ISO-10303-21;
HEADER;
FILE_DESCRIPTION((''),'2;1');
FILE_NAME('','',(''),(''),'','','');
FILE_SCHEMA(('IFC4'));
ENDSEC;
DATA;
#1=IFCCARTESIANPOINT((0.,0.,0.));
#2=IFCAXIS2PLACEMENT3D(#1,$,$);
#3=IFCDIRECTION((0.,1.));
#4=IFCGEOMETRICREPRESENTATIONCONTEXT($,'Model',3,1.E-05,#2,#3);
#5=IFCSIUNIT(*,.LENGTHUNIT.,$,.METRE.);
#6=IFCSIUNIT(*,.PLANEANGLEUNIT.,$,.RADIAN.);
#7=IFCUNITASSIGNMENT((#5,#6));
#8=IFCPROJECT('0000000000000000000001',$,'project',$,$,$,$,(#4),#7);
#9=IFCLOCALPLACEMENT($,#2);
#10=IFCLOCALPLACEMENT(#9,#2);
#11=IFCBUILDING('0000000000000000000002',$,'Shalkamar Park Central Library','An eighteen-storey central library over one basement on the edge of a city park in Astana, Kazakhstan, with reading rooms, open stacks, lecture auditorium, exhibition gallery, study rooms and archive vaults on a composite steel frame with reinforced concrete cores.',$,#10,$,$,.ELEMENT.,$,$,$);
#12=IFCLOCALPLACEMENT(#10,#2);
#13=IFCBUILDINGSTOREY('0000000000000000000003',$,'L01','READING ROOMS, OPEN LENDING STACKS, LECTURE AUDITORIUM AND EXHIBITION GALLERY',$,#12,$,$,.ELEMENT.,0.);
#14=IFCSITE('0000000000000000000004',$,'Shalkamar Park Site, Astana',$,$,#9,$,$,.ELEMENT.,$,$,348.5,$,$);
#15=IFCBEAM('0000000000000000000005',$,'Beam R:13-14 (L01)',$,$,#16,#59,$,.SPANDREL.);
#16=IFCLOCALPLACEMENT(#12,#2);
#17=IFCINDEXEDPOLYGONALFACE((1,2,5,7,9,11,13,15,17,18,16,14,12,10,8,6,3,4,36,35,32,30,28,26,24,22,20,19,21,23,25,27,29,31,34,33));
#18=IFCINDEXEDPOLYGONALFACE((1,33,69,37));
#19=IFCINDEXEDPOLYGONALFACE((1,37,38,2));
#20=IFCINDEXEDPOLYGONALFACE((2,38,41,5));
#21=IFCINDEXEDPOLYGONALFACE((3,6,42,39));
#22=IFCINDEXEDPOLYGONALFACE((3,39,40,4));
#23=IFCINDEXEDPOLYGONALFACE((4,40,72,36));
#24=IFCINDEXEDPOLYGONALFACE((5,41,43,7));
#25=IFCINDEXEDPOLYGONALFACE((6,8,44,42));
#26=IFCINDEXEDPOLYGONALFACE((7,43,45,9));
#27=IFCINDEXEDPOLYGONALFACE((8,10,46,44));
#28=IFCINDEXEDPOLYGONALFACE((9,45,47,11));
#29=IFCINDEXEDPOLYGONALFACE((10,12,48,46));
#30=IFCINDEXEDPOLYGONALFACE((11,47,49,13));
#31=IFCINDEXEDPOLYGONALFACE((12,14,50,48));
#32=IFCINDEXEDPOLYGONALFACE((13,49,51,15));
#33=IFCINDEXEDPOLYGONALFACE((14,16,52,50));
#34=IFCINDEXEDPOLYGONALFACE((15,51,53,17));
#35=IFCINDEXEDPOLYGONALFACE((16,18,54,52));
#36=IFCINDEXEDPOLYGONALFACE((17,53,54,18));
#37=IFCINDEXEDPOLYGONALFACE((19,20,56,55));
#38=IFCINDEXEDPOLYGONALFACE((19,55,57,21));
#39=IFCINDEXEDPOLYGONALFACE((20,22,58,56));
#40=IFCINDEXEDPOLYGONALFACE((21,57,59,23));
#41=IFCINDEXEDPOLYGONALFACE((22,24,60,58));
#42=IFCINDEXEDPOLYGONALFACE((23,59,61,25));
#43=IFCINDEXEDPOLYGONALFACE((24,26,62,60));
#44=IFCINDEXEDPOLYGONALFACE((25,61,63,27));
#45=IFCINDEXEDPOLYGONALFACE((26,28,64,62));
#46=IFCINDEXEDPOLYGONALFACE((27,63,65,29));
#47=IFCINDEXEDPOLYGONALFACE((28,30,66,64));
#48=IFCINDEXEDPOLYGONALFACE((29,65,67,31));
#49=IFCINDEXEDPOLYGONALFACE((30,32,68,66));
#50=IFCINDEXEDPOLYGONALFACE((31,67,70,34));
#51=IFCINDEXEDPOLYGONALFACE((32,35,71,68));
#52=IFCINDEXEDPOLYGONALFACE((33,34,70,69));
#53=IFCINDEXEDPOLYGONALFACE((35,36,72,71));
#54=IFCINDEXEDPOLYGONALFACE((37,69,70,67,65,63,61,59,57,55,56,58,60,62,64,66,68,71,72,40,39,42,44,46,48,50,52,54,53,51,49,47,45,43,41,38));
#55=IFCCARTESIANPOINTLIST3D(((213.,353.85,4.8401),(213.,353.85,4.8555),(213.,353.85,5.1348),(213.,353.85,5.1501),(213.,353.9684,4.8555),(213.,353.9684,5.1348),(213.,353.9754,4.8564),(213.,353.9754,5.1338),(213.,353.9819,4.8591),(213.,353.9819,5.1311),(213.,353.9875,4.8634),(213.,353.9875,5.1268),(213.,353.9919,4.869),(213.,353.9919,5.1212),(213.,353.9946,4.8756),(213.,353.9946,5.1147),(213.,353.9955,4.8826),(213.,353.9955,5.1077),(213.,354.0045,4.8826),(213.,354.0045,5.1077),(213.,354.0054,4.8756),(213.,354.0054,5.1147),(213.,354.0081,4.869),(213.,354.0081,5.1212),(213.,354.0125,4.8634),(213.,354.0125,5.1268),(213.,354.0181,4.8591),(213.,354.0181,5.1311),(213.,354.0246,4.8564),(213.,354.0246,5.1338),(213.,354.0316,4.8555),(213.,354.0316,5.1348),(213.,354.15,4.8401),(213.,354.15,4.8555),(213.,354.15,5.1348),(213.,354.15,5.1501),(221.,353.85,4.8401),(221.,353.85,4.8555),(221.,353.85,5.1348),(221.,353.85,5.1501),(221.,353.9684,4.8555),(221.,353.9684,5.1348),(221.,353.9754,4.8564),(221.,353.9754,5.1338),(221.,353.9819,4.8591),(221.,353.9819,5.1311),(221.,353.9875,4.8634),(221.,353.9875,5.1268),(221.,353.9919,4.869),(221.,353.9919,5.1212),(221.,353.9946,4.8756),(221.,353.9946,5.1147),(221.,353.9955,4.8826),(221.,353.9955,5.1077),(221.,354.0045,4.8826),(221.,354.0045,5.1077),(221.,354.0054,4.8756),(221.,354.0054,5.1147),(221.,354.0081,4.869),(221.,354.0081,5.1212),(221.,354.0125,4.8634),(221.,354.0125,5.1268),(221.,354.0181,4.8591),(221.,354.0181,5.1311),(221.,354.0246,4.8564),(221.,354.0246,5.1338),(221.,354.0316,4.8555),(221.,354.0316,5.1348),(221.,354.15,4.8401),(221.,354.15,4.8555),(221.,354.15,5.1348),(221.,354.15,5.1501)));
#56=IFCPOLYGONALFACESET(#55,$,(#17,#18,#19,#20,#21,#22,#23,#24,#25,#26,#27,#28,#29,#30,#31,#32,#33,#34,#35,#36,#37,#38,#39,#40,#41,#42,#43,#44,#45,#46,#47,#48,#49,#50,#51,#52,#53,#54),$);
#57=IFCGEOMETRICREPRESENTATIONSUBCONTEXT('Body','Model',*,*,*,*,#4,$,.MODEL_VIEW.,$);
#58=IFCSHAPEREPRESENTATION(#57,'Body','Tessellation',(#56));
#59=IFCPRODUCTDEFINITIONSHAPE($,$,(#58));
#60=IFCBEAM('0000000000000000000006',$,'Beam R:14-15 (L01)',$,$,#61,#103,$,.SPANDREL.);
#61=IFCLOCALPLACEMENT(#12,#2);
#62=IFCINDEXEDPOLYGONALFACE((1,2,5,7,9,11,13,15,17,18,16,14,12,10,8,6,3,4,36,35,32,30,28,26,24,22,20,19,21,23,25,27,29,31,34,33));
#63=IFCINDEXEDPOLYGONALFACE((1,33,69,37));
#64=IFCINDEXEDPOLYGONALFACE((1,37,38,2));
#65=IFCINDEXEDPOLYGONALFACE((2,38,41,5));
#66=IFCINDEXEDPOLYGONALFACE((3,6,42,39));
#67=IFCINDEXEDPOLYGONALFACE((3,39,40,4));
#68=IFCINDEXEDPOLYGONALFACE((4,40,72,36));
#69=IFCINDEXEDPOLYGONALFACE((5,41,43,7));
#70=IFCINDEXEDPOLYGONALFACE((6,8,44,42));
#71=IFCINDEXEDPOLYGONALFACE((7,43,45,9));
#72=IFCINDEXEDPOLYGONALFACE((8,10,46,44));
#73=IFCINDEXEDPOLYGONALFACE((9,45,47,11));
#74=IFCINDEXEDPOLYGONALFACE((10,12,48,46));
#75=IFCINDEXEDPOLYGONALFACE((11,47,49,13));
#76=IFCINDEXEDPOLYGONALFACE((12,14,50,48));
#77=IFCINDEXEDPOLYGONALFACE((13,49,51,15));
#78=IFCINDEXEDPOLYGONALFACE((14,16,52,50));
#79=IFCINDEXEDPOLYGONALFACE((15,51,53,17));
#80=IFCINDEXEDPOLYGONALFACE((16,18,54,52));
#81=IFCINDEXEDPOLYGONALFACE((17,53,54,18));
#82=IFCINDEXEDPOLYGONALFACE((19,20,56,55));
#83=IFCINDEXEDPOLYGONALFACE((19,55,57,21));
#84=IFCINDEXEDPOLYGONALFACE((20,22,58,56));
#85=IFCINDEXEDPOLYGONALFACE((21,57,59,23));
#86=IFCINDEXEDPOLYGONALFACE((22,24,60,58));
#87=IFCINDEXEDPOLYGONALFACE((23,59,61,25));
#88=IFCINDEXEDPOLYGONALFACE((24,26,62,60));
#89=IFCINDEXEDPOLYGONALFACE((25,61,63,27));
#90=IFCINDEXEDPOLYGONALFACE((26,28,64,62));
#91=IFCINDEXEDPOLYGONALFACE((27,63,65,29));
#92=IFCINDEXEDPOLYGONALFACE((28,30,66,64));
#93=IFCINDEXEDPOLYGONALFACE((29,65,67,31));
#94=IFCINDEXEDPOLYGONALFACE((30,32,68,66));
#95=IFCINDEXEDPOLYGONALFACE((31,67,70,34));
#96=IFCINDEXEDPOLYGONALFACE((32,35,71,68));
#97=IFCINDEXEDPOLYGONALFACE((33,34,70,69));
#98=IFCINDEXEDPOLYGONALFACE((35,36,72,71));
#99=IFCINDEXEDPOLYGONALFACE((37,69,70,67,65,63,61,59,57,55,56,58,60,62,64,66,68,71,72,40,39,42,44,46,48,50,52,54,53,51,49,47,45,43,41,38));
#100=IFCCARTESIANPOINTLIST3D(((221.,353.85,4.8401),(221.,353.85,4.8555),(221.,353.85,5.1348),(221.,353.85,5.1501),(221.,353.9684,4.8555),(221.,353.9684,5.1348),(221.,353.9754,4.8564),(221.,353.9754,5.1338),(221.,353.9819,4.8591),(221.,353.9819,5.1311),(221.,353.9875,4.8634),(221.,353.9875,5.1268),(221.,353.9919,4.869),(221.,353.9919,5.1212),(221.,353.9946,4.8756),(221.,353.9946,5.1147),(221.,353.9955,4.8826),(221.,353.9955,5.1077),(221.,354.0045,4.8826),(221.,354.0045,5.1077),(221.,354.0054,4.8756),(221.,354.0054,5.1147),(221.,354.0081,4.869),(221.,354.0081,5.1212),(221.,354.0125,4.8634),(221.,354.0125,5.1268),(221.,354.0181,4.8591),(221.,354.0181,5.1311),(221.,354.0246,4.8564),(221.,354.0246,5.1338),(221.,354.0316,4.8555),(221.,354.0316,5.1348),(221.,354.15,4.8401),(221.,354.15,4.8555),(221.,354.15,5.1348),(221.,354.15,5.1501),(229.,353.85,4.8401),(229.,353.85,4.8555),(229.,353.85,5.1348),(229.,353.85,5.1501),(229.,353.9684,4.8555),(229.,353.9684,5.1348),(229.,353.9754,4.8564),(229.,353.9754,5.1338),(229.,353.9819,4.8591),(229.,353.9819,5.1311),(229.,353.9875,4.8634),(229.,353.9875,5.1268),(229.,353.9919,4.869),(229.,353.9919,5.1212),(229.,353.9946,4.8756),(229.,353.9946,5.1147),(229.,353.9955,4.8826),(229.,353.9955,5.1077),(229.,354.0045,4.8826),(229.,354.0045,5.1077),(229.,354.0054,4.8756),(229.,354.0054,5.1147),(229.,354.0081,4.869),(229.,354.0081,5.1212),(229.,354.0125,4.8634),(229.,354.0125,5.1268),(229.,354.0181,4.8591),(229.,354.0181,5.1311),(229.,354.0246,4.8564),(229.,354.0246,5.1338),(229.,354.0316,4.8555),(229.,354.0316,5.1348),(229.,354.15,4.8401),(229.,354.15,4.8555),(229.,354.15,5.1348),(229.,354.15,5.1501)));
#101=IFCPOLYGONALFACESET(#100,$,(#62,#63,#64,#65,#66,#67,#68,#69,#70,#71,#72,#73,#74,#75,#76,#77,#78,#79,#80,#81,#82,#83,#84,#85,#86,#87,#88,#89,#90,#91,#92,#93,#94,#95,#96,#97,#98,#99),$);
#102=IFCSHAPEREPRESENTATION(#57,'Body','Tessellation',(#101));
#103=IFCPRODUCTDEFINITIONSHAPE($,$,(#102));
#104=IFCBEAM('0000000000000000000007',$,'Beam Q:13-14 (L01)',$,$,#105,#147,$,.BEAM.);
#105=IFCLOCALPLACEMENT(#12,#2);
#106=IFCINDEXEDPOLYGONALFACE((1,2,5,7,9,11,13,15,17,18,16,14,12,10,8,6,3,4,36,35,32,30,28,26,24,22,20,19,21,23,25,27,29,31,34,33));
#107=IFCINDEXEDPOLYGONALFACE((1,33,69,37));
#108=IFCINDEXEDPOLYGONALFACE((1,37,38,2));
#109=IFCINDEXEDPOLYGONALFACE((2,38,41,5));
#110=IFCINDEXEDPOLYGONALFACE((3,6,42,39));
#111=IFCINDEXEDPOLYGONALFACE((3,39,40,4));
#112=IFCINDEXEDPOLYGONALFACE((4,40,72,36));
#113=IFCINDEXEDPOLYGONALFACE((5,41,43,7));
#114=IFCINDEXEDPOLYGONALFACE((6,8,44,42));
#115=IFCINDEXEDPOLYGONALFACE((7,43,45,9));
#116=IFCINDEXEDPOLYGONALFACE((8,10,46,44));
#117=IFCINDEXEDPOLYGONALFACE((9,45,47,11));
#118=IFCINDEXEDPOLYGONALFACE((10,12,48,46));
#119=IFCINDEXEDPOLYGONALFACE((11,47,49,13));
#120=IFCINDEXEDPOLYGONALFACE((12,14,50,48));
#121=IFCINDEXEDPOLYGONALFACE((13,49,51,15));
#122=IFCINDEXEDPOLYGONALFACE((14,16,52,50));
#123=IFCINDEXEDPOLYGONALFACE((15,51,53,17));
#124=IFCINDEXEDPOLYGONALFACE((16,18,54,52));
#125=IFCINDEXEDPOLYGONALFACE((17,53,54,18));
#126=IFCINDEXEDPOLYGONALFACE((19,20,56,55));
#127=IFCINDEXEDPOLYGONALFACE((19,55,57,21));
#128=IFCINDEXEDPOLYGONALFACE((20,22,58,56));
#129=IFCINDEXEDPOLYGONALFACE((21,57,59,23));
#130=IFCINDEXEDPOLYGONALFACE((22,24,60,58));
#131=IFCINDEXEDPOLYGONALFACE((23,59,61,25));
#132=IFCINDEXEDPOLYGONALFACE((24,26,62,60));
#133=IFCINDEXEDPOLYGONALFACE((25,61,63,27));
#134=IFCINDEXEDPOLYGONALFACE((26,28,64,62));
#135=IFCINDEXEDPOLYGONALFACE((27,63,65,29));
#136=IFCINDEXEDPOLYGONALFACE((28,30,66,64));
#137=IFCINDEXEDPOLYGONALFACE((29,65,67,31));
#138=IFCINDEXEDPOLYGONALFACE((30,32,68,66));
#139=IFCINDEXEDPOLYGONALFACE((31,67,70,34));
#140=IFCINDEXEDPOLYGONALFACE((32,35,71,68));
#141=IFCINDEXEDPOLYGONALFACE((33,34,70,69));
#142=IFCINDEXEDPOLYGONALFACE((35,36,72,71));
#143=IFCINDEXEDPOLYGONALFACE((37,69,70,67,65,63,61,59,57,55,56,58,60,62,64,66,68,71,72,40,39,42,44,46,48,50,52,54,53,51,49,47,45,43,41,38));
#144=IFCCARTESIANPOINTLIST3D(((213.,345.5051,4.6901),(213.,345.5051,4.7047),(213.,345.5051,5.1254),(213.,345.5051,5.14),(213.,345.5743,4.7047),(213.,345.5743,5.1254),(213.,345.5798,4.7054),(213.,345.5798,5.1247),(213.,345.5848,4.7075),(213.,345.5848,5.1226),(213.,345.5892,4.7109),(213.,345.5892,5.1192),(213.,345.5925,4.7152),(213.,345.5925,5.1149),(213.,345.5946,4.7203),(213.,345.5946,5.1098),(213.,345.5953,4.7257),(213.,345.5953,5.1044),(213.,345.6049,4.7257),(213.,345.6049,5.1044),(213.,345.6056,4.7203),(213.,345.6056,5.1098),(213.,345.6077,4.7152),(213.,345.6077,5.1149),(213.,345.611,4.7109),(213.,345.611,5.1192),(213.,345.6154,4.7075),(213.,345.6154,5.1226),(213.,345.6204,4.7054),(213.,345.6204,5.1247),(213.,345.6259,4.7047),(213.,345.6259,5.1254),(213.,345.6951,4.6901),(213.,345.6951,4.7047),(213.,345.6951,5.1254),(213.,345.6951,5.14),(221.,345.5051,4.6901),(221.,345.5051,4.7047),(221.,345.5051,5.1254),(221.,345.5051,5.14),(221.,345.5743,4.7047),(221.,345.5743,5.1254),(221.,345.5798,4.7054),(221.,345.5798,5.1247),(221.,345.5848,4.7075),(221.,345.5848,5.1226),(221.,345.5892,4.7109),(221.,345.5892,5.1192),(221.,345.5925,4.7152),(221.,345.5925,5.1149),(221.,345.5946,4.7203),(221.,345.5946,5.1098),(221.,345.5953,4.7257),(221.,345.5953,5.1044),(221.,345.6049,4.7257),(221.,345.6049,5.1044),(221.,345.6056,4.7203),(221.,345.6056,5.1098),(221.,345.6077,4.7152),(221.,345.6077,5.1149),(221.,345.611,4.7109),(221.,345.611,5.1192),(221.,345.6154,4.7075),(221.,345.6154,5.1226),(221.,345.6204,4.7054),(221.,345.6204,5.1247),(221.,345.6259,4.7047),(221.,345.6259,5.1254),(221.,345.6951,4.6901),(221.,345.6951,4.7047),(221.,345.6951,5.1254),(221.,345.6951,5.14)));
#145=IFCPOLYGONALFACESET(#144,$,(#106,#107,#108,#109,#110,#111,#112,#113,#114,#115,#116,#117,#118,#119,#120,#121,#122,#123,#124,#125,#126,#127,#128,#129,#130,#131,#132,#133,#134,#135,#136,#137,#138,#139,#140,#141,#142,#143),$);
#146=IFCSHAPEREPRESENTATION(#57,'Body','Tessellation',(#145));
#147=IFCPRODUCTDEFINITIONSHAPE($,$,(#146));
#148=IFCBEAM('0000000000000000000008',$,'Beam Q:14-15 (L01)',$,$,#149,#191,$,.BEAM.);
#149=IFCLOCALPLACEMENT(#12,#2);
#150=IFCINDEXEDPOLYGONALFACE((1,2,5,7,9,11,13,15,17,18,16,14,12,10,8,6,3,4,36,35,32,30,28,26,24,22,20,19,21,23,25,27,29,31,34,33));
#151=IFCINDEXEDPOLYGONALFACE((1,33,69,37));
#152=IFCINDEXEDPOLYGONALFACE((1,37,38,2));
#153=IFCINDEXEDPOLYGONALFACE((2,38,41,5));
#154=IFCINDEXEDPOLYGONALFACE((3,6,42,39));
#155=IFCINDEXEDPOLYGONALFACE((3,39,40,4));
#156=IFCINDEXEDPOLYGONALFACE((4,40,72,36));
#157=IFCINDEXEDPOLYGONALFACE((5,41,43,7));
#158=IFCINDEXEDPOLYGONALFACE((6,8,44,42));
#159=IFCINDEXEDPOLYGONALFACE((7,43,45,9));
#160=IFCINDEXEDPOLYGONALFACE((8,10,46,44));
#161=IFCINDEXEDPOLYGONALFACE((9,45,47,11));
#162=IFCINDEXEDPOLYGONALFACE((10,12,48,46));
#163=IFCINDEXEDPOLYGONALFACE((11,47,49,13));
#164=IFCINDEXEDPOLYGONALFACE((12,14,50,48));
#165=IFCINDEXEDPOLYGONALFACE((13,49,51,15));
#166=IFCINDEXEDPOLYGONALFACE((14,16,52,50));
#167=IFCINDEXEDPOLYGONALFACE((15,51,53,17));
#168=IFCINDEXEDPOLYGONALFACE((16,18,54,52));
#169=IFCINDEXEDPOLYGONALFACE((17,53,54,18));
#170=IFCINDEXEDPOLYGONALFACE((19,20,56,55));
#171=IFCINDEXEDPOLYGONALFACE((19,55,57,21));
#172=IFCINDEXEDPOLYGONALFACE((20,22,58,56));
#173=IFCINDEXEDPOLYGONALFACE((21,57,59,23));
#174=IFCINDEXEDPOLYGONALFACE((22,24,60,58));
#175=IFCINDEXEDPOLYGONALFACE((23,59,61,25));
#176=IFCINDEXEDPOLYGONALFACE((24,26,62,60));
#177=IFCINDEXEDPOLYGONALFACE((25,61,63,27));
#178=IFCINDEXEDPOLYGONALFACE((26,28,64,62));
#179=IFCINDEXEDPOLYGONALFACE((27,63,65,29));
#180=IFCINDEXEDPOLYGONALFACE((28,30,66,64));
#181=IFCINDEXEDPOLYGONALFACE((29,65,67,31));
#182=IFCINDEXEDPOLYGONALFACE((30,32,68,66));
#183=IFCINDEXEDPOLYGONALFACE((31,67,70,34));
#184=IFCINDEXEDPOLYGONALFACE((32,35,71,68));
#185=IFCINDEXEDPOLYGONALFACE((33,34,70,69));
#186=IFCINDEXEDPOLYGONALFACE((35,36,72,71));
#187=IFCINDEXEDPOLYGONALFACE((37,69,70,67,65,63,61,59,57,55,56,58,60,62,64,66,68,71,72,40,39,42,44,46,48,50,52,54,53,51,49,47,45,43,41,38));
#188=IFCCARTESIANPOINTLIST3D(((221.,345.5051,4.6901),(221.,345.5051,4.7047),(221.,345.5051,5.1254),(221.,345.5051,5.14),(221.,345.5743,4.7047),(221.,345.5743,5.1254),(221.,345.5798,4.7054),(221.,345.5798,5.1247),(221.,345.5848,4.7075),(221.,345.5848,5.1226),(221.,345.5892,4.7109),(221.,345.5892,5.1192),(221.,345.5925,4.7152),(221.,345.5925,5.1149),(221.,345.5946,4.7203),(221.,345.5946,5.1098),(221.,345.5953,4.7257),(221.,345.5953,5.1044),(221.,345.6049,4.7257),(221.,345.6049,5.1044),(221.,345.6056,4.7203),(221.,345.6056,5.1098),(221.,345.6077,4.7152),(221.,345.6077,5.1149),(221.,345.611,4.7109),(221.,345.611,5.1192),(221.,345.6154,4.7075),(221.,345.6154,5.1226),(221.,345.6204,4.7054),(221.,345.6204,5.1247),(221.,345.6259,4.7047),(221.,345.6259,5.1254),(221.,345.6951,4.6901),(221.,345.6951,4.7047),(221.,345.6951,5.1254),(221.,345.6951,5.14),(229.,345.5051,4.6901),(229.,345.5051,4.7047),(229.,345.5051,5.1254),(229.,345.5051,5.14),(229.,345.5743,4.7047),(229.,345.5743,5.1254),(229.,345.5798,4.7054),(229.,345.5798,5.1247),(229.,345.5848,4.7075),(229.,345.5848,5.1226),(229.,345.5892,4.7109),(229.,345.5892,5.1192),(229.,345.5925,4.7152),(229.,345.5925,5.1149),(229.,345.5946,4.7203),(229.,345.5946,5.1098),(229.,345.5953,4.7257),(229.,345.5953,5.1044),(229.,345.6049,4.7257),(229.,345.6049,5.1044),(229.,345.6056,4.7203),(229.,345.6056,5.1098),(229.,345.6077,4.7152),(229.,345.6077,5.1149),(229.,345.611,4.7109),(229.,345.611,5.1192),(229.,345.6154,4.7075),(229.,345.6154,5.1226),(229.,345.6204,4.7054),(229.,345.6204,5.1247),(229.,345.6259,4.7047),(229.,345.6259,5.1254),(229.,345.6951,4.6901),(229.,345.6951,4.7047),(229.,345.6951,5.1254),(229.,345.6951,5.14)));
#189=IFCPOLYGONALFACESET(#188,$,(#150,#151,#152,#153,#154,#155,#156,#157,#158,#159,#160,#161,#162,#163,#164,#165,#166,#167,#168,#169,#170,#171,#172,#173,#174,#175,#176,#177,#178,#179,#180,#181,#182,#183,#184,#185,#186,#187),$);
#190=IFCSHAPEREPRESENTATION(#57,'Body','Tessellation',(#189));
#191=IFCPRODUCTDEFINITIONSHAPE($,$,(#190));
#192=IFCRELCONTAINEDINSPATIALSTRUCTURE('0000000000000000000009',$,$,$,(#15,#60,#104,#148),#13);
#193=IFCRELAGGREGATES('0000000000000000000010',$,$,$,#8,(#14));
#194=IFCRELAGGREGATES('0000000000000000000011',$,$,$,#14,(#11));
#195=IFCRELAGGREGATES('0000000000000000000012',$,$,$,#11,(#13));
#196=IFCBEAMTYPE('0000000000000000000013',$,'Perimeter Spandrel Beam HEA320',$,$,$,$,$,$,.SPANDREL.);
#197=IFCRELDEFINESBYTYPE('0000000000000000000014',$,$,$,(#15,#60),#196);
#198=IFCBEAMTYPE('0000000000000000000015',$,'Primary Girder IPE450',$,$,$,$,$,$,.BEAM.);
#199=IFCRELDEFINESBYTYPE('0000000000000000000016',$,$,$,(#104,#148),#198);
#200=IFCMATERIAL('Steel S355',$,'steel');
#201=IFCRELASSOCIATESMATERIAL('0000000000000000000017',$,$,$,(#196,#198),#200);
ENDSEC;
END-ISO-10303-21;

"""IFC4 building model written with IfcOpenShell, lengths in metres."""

from ifc_helpers import new_model, si_unit, direction, frame, origin, origin_2d, place, context, subcontext, project, spatial, i_section, extrude, material, material_profile, profile_set, type_object, element, save


model = new_model("IFC4")

# Units and contexts
model_context = context("Model", 3, precision=1e-05, world=origin(), true_north=direction((0.0, 1.0)))
body_context = subcontext(model_context, "Body", "Model", "MODEL_VIEW")
ifc_project = project(units=[si_unit("LENGTHUNIT", "METRE"), si_unit("PLANEANGLEUNIT", "RADIAN")], contexts=[model_context])

# Site, building, storey
site_placement = place(None, origin())
site = spatial("IfcSite", under=ifc_project, at=site_placement, Name="Shalkamar Park Site, Astana", CompositionType="ELEMENT", RefElevation=348.5)
building_placement = place(site_placement, origin())
building = spatial("IfcBuilding", under=site, at=building_placement, Name="Shalkamar Park Central Library", Description="An eighteen-storey central library over one basement on the edge of a city park in Astana, Kazakhstan, with reading rooms, open stacks, lecture auditorium, exhibition gallery, study rooms and archive vaults on a composite steel frame with reinforced concrete cores.", CompositionType="ELEMENT")
storey_placement = place(building_placement, origin())
storey = spatial("IfcBuildingStorey", under=building, at=storey_placement, Name="L01", Description="READING ROOMS, OPEN LENDING STACKS, LECTURE AUDITORIUM AND EXHIBITION GALLERY", CompositionType="ELEMENT", Elevation=0.0)

# Shared definitions
ifc_material_1 = material(Name="Steel S355", Category="steel")

# Beams
ifc_material_profile_1 = material_profile(ifc_material_1, i_section(OverallWidth=0.3, OverallDepth=0.3101, WebThickness=0.009, FlangeThickness=0.0154, FilletRadius=0.0271, at=origin_2d()), Name="HEA 320")
ifc_profile_set_1 = profile_set([ifc_material_profile_1], Name="Steel S355")
beam_type_1 = type_object("IfcBeamType", Name="Perimeter Spandrel Beam HEA320", PredefinedType="SPANDREL", material=ifc_profile_set_1)
for number, where, z_axis, x_axis, name in (
    (1, (213.0, 354.0, 4.9951), (1.0, 0.0, 0.0), (0.0, 1.0, 0.0), "Beam R:13-14 (L01)"),
    (2, (221.0, 354.0, 4.9951), (1.0, 0.0, 0.0), (0.0, 1.0, 0.0), "Beam R:14-15 (L01)"),
):
    element("IfcBeam", number, at=place(storey_placement, frame(where, z_axis=z_axis, x_axis=x_axis)), inside=storey, type_object=beam_type_1, Name=name, PredefinedType="SPANDREL", context=body_context, shape_type="SweptSolid", body=[
        extrude(i_section(OverallWidth=0.3, OverallDepth=0.3101, WebThickness=0.009, FlangeThickness=0.0154, FilletRadius=0.0271, at=origin_2d()), origin(), (0.0, 0.0, 1.0), 8.0),
    ])
ifc_material_profile_2 = material_profile(ifc_material_1, i_section(OverallWidth=0.1899, OverallDepth=0.45, WebThickness=0.0095, FlangeThickness=0.0146, FilletRadius=0.021, at=origin_2d()), Name="IPE 450")
ifc_profile_set_2 = profile_set([ifc_material_profile_2], Name="Steel S355")
beam_type_2 = type_object("IfcBeamType", Name="Primary Girder IPE450", PredefinedType="BEAM", material=ifc_profile_set_2)
for number, where, z_axis, x_axis, name in (
    (3, (213.0, 345.6001, 4.915), (1.0, 0.0, 0.0), (0.0, 1.0, 0.0), "Beam Q:13-14 (L01)"),
    (4, (221.0, 345.6001, 4.915), (1.0, 0.0, 0.0), (0.0, 1.0, 0.0), "Beam Q:14-15 (L01)"),
):
    element("IfcBeam", number, at=place(storey_placement, frame(where, z_axis=z_axis, x_axis=x_axis)), inside=storey, type_object=beam_type_2, Name=name, PredefinedType="BEAM", context=body_context, shape_type="SweptSolid", body=[
        extrude(i_section(OverallWidth=0.1899, OverallDepth=0.45, WebThickness=0.0095, FlangeThickness=0.0146, FilletRadius=0.021, at=origin_2d()), origin(), (0.0, 0.0, 1.0), 8.0),
    ])

save(model, "model.ifc")
